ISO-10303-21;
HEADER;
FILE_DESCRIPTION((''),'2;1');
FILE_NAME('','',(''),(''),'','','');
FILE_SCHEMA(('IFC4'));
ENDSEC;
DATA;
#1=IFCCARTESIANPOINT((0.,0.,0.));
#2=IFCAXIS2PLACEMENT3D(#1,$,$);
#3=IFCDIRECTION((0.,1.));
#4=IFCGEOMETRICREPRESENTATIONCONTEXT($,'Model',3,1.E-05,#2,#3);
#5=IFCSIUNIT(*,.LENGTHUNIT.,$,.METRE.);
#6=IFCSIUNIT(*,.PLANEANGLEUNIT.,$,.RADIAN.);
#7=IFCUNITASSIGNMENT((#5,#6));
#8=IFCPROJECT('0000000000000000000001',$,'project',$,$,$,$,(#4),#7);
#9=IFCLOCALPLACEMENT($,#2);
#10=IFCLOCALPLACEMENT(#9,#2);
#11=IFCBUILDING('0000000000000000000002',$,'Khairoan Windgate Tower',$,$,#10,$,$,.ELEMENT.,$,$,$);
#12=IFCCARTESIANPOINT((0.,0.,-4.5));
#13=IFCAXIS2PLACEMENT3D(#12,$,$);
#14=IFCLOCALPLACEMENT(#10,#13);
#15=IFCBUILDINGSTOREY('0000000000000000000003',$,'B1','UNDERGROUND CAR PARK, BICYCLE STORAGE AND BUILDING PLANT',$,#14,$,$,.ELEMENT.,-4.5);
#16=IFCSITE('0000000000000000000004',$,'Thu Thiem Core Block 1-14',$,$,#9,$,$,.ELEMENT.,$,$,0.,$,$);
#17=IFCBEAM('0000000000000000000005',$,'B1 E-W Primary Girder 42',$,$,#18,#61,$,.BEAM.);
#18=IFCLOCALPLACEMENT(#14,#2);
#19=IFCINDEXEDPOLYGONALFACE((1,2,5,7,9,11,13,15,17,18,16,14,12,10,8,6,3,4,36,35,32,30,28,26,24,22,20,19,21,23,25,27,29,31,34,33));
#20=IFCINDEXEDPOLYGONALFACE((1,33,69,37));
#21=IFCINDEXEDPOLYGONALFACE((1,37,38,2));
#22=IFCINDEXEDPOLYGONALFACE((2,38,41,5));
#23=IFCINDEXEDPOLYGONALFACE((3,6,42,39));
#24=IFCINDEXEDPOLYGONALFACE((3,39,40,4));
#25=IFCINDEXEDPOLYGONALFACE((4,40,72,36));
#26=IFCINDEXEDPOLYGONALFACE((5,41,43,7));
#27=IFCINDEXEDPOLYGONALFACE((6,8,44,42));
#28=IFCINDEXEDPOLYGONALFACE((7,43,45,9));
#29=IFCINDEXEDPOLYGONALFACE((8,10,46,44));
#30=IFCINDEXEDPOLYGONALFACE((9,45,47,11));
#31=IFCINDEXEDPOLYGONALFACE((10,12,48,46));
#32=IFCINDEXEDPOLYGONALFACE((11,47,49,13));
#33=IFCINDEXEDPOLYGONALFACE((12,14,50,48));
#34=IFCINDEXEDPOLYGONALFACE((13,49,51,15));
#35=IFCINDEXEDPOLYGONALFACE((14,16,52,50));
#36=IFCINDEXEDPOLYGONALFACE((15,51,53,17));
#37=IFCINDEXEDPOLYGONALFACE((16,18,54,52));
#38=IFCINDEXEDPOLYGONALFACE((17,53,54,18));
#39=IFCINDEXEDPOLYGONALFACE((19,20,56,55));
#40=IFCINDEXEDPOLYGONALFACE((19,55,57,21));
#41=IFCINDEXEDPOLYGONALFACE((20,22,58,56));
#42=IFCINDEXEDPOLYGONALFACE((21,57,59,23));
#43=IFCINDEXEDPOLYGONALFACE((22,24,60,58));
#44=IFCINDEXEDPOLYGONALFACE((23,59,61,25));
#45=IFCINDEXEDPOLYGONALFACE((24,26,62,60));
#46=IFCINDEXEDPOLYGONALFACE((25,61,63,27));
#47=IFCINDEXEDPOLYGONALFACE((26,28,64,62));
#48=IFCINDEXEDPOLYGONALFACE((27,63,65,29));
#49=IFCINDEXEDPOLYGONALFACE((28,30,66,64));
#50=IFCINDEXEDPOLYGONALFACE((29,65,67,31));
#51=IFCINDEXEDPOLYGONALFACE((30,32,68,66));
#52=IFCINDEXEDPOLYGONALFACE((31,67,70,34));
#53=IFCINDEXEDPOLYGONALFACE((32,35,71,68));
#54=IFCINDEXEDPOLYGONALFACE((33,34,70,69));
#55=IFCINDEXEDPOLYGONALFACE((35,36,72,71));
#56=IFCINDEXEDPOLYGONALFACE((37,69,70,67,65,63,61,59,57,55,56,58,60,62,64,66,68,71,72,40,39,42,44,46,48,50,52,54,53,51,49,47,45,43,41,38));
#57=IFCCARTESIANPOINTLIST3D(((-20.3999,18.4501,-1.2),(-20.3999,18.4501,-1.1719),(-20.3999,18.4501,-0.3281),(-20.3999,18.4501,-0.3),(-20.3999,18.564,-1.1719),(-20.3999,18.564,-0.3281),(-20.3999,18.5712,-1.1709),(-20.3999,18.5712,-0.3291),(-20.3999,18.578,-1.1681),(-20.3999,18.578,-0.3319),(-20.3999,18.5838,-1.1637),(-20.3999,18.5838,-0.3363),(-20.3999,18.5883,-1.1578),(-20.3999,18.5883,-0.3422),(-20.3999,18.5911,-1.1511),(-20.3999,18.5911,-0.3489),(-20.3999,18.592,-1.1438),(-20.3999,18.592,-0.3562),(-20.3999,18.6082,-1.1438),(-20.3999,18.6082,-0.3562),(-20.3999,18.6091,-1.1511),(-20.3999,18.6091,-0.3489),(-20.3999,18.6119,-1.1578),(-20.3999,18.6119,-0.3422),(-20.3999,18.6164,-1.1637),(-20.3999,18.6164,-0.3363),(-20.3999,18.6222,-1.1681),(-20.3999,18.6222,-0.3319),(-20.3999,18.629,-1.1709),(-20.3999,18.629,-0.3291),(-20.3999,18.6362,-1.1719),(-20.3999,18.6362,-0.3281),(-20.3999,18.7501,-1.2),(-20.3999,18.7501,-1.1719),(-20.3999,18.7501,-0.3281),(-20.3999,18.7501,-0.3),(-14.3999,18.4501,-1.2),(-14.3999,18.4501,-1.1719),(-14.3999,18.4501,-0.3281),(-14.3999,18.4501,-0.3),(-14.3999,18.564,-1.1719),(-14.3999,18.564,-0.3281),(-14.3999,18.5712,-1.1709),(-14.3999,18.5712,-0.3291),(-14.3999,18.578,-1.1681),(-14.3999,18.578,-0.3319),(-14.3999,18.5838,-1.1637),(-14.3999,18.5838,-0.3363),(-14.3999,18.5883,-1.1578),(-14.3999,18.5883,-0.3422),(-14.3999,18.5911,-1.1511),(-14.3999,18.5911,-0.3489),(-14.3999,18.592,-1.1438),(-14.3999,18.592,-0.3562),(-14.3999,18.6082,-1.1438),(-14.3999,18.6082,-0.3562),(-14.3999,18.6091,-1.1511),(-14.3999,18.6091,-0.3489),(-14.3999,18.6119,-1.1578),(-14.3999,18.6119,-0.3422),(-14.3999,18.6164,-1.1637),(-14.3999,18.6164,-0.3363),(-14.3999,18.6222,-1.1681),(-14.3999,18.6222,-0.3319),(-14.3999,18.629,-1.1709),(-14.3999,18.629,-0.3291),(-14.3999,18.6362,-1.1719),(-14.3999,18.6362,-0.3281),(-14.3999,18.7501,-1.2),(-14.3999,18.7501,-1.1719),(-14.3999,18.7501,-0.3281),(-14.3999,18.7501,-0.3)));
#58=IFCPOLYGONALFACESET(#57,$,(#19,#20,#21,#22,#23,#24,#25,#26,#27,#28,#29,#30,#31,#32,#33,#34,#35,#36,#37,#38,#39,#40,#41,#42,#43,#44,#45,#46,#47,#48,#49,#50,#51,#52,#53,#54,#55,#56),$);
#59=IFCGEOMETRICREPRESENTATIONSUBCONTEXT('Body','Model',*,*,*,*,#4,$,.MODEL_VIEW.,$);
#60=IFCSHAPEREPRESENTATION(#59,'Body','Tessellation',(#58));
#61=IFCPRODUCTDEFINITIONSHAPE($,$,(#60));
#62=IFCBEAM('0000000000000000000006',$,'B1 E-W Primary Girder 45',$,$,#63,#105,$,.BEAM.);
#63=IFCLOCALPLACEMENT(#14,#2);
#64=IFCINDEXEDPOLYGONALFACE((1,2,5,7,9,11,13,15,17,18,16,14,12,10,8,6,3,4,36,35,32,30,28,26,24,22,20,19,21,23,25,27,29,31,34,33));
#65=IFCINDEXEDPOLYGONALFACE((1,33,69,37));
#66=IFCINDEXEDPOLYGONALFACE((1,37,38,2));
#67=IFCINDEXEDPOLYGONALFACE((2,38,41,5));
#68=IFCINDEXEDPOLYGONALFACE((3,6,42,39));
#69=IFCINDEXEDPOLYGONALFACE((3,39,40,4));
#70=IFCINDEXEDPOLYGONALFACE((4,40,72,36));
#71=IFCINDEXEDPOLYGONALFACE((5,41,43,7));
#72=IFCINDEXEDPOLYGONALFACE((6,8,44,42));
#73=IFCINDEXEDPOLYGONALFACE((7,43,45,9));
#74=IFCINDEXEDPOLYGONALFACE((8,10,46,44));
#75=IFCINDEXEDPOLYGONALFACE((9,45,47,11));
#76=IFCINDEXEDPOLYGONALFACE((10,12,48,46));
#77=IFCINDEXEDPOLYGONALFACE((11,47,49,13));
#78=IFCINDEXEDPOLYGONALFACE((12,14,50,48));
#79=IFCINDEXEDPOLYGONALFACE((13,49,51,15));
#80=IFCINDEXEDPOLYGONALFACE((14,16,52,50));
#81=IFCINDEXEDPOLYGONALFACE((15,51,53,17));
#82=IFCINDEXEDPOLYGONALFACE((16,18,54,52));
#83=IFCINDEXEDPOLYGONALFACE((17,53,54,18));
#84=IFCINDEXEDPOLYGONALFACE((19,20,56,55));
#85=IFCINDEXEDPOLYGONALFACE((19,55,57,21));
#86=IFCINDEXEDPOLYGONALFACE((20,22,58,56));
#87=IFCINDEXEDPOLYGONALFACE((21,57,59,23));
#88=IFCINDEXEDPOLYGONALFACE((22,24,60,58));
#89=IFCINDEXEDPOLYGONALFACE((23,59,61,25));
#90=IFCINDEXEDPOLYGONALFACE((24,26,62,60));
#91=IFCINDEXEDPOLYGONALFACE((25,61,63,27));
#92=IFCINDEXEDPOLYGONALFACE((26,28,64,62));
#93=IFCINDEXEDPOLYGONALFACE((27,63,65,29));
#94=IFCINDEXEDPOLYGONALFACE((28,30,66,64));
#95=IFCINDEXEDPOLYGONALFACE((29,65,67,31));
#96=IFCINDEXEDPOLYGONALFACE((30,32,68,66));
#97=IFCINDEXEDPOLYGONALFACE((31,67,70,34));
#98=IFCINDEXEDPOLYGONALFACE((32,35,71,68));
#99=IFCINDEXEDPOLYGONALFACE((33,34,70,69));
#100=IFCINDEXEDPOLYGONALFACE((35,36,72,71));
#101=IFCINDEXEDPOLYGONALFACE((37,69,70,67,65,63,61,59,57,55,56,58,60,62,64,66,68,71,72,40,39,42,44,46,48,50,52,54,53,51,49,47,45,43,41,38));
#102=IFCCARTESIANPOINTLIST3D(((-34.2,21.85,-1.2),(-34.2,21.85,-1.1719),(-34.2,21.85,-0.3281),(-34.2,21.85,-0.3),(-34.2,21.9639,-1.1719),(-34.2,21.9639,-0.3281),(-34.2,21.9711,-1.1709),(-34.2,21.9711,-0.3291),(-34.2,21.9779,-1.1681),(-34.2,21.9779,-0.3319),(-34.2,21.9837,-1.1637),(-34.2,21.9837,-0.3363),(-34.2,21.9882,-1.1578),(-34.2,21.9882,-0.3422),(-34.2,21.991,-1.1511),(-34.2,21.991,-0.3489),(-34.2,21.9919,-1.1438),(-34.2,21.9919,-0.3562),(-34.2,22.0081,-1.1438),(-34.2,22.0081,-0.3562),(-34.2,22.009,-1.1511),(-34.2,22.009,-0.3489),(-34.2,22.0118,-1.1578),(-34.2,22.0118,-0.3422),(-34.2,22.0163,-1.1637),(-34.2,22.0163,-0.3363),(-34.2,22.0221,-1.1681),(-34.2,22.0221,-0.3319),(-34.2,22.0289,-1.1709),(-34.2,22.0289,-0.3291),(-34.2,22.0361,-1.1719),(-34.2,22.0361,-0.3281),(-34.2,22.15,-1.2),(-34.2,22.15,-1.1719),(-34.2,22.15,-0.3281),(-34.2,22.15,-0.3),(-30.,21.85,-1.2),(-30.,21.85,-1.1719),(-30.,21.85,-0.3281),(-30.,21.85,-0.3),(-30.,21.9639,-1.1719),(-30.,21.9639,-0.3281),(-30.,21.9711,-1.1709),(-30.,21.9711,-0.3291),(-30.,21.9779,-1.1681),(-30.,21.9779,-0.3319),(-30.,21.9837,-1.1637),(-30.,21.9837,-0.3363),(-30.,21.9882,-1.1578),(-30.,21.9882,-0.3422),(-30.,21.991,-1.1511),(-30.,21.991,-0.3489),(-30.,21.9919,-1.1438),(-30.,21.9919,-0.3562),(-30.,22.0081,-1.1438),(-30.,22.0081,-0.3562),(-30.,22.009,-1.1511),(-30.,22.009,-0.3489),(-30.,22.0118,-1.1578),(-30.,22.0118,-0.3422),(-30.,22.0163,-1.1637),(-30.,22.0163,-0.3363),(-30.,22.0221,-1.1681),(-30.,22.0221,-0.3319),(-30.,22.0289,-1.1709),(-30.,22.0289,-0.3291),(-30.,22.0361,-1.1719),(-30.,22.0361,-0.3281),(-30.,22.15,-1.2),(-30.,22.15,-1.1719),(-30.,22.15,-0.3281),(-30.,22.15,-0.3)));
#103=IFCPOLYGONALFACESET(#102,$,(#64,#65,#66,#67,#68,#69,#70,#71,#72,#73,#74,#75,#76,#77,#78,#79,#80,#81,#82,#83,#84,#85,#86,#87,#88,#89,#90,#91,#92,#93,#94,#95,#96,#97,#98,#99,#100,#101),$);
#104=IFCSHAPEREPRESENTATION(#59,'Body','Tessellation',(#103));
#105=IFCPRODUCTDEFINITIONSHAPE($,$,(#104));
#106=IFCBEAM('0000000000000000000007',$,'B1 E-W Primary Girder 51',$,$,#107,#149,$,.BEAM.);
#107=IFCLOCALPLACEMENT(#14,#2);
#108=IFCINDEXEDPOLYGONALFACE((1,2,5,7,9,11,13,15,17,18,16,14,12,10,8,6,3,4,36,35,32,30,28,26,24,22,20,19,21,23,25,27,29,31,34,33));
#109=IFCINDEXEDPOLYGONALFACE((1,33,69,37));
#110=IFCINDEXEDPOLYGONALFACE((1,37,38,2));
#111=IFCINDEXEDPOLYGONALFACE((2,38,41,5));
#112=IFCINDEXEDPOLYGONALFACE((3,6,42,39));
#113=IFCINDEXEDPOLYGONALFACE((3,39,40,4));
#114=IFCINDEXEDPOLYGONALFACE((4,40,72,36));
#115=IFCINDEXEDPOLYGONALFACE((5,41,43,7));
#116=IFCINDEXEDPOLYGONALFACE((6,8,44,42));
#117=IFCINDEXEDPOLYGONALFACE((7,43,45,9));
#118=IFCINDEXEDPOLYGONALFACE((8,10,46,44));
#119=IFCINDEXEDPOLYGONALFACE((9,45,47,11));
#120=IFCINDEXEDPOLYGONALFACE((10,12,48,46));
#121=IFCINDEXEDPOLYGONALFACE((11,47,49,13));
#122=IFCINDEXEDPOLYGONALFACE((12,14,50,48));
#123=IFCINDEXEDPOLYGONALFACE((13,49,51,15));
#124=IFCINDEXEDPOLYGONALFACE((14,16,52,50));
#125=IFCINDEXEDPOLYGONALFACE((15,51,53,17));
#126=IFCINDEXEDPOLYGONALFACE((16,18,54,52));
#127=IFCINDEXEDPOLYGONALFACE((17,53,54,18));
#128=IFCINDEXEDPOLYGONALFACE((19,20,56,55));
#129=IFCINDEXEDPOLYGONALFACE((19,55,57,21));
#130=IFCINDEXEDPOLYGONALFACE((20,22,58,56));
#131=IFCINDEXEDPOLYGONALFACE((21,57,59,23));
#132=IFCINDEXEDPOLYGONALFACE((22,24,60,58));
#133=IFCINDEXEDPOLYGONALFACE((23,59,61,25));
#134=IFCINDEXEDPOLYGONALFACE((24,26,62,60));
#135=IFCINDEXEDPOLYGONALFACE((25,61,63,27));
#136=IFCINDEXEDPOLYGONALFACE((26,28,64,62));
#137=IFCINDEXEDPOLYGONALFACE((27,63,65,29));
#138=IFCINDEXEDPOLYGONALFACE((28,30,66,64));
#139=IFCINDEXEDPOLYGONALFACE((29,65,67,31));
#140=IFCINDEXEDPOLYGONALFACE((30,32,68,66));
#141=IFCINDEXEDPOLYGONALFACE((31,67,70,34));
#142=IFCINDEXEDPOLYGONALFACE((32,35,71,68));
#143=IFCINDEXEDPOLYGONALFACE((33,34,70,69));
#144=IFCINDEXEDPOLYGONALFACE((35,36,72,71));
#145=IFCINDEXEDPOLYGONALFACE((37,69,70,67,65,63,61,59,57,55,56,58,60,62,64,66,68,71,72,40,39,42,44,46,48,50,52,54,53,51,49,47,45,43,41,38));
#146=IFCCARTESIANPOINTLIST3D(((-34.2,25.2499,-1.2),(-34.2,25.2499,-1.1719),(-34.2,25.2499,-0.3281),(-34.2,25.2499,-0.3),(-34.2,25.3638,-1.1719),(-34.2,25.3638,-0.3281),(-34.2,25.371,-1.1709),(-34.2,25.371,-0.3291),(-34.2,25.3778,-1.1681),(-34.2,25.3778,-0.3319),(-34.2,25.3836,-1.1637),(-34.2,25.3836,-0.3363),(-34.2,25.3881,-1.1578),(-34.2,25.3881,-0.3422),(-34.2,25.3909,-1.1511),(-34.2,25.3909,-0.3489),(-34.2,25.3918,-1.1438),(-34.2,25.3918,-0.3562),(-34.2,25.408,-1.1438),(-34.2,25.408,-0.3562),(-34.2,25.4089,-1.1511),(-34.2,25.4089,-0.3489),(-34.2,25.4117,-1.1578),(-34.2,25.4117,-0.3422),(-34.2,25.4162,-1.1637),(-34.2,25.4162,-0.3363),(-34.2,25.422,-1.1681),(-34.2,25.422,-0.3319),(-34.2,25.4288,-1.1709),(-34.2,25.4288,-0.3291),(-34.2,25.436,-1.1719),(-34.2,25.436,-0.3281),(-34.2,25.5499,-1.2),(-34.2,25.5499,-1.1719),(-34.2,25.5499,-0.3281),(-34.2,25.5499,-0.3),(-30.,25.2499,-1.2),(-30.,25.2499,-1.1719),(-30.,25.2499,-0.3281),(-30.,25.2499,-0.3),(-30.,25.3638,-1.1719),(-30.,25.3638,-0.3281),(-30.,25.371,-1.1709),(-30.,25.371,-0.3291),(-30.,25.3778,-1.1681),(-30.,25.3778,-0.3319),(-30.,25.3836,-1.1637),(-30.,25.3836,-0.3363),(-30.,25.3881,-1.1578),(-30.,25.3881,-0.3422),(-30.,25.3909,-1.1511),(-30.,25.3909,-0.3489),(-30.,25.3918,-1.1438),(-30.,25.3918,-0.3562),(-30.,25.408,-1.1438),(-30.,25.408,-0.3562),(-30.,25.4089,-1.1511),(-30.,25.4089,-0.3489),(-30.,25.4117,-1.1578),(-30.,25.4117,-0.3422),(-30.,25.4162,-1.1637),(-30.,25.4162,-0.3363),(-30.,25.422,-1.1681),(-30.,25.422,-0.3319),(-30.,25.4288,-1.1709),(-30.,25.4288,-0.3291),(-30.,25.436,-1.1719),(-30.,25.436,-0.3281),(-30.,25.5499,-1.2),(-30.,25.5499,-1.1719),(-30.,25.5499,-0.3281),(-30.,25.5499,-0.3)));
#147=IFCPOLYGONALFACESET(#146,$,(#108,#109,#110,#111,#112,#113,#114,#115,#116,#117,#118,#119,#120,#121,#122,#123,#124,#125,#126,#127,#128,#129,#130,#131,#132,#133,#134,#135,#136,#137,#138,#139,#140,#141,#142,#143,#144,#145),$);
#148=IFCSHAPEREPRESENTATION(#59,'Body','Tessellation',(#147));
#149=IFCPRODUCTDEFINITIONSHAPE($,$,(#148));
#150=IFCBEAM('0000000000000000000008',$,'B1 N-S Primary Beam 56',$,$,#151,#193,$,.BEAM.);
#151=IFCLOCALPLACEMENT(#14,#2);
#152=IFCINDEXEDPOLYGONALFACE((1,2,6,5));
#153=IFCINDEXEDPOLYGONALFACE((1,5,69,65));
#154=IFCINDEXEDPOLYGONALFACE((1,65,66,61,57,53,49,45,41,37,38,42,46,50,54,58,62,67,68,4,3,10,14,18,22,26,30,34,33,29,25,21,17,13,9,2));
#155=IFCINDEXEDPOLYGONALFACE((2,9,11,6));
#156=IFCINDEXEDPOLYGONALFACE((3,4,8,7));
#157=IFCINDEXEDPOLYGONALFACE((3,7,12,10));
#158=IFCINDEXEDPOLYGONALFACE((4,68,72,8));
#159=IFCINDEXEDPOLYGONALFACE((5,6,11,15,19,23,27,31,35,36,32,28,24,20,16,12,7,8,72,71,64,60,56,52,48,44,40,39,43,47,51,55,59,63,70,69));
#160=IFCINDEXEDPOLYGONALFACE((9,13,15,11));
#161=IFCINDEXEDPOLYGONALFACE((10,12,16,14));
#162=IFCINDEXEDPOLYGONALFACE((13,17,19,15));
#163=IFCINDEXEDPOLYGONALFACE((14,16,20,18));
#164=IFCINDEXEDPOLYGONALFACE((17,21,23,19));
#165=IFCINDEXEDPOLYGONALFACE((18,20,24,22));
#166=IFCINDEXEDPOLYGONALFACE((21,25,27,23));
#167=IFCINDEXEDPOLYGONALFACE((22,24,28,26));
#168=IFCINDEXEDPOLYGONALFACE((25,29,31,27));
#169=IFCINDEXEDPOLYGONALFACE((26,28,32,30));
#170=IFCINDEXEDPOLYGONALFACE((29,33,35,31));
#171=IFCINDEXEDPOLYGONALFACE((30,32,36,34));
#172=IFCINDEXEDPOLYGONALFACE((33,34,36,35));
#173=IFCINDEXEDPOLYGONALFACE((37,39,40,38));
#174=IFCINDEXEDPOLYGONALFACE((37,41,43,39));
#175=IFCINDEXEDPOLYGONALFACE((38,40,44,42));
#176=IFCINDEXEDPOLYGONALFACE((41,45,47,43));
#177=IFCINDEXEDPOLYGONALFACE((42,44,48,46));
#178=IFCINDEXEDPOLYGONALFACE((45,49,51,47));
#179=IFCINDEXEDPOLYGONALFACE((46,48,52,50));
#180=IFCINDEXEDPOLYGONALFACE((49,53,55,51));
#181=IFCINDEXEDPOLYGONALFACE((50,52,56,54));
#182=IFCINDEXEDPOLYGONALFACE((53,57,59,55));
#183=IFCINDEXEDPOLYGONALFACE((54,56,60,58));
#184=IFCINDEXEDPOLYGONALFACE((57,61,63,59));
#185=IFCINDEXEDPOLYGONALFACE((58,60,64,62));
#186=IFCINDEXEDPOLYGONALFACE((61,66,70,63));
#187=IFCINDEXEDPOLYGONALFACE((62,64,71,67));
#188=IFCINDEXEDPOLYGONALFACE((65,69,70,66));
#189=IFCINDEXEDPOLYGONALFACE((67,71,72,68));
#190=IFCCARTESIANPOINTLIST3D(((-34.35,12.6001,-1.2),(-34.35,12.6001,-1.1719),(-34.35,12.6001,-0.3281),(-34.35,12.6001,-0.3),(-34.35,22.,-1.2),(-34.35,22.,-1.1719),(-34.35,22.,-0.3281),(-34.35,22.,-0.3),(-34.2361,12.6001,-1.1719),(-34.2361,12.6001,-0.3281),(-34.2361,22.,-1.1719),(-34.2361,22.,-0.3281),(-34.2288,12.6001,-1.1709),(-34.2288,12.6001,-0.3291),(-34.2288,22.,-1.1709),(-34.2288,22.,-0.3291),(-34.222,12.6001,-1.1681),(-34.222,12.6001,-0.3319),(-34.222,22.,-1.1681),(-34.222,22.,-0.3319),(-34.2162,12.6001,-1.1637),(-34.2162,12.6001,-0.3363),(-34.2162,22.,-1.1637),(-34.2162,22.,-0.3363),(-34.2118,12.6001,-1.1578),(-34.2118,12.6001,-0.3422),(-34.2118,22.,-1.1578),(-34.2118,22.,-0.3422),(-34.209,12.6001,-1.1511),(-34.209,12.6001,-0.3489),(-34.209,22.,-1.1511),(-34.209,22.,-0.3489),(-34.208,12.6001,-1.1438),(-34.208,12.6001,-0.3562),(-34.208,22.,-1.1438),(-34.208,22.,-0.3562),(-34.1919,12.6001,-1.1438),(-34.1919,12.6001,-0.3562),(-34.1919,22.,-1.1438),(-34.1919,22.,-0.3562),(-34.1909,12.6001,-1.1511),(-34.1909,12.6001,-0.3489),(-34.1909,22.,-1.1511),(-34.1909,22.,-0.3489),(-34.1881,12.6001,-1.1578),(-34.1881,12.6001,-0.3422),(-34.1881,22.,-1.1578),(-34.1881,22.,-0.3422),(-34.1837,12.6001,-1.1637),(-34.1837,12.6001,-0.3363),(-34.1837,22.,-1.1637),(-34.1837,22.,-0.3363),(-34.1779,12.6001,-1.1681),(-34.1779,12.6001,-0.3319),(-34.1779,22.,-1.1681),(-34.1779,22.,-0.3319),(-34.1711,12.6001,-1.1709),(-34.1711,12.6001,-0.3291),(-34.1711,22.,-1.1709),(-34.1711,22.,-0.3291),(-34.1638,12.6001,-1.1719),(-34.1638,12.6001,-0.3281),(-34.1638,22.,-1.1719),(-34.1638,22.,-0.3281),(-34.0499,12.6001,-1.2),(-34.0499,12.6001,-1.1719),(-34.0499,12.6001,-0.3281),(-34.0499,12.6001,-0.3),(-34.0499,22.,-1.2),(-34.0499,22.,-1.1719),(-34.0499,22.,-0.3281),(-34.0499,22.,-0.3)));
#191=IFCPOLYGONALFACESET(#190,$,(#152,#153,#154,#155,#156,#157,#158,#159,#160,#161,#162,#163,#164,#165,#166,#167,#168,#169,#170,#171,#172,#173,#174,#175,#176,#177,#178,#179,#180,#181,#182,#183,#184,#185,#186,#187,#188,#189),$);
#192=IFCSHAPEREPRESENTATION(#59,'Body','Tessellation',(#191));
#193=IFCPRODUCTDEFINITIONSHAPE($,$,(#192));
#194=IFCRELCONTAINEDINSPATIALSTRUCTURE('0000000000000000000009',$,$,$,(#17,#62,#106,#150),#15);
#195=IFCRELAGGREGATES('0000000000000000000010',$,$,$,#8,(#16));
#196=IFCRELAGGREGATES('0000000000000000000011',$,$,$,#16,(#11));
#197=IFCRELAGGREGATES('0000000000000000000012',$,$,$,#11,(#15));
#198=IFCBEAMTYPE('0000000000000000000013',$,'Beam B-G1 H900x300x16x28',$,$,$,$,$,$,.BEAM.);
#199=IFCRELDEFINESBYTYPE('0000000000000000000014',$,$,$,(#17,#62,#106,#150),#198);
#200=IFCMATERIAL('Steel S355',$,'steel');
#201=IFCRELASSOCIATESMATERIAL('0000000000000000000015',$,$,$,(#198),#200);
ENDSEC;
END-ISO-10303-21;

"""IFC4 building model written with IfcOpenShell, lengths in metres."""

from ifc_helpers import new_model, si_unit, direction, frame, origin, origin_2d, place, context, subcontext, project, spatial, i_section, extrude, material, material_profile, profile_set, type_object, element, save


model = new_model("IFC4")

# Units and contexts
model_context = context("Model", 3, precision=1e-05, world=origin(), true_north=direction((0.0, 1.0)))
body_context = subcontext(model_context, "Body", "Model", "MODEL_VIEW")
ifc_project = project(units=[si_unit("LENGTHUNIT", "METRE"), si_unit("PLANEANGLEUNIT", "RADIAN")], contexts=[model_context])

# Site, building, storey
site_placement = place(None, origin())
site = spatial("IfcSite", under=ifc_project, at=site_placement, Name="Thu Thiem Core Block 1-14", CompositionType="ELEMENT", RefElevation=0.0)
building_placement = place(site_placement, origin())
building = spatial("IfcBuilding", under=site, at=building_placement, Name="Khairoan Windgate Tower", CompositionType="ELEMENT")
storey_placement = place(building_placement, frame((0.0, 0.0, -4.5)))
storey = spatial("IfcBuildingStorey", under=building, at=storey_placement, Name="B1", Description="UNDERGROUND CAR PARK, BICYCLE STORAGE AND BUILDING PLANT", CompositionType="ELEMENT", Elevation=-4.5)

# Beams
ifc_material_1 = material(Name="Steel S355", Category="steel")
ifc_material_profile_1 = material_profile(ifc_material_1, i_section(OverallWidth=0.3, OverallDepth=0.8999, WebThickness=0.0161, FlangeThickness=0.0281, FilletRadius=0.0281, at=origin_2d()))
ifc_profile_set_1 = profile_set([ifc_material_profile_1], Name="Steel S355")
beam_type_1 = type_object("IfcBeamType", Name="Beam B-G1 H900x300x16x28", PredefinedType="BEAM", material=ifc_profile_set_1)
beam_1_placement = place(storey_placement, frame((-20.3999, 18.6001, -0.75), z_axis=(1.0, 0.0, 0.0), x_axis=(0.0, 1.0, 0.0)))
element("IfcBeam", 1, at=beam_1_placement, inside=storey, type_object=beam_type_1, Name="B1 E-W Primary Girder 42", PredefinedType="BEAM", context=body_context, shape_type="SweptSolid", body=[
    extrude(i_section(OverallWidth=0.3, OverallDepth=0.8999, WebThickness=0.0161, FlangeThickness=0.0281, FilletRadius=0.0281, at=origin_2d()), origin(), (0.0, 0.0, 1.0), 6.0),
])
for number, where, z_axis, x_axis, name in (
    (2, (-34.2, 22.0, -0.75), (1.0, 0.0, 0.0), (0.0, 1.0, 0.0), "B1 E-W Primary Girder 45"),
    (3, (-34.2, 25.3999, -0.75), (1.0, 0.0, 0.0), (0.0, 1.0, 0.0), "B1 E-W Primary Girder 51"),
):
    element("IfcBeam", number, at=place(storey_placement, frame(where, z_axis=z_axis, x_axis=x_axis)), inside=storey, type_object=beam_type_1, Name=name, PredefinedType="BEAM", context=body_context, shape_type="SweptSolid", body=[
        extrude(i_section(OverallWidth=0.3, OverallDepth=0.8999, WebThickness=0.0161, FlangeThickness=0.0281, FilletRadius=0.0281, at=origin_2d()), origin(), (0.0, 0.0, 1.0), 4.2),
    ])
beam_2_placement = place(storey_placement, frame((-34.2, 12.6001, -0.75), z_axis=(0.0, 1.0, 0.0), x_axis=(-1.0, 0.0, 0.0)))
element("IfcBeam", 4, at=beam_2_placement, inside=storey, type_object=beam_type_1, Name="B1 N-S Primary Beam 56", PredefinedType="BEAM", context=body_context, shape_type="SweptSolid", body=[
    extrude(i_section(OverallWidth=0.3, OverallDepth=0.8999, WebThickness=0.0161, FlangeThickness=0.0281, FilletRadius=0.0281, at=origin_2d()), origin(), (0.0, 0.0, 1.0), 9.3999),
])

save(model, "model.ifc")
